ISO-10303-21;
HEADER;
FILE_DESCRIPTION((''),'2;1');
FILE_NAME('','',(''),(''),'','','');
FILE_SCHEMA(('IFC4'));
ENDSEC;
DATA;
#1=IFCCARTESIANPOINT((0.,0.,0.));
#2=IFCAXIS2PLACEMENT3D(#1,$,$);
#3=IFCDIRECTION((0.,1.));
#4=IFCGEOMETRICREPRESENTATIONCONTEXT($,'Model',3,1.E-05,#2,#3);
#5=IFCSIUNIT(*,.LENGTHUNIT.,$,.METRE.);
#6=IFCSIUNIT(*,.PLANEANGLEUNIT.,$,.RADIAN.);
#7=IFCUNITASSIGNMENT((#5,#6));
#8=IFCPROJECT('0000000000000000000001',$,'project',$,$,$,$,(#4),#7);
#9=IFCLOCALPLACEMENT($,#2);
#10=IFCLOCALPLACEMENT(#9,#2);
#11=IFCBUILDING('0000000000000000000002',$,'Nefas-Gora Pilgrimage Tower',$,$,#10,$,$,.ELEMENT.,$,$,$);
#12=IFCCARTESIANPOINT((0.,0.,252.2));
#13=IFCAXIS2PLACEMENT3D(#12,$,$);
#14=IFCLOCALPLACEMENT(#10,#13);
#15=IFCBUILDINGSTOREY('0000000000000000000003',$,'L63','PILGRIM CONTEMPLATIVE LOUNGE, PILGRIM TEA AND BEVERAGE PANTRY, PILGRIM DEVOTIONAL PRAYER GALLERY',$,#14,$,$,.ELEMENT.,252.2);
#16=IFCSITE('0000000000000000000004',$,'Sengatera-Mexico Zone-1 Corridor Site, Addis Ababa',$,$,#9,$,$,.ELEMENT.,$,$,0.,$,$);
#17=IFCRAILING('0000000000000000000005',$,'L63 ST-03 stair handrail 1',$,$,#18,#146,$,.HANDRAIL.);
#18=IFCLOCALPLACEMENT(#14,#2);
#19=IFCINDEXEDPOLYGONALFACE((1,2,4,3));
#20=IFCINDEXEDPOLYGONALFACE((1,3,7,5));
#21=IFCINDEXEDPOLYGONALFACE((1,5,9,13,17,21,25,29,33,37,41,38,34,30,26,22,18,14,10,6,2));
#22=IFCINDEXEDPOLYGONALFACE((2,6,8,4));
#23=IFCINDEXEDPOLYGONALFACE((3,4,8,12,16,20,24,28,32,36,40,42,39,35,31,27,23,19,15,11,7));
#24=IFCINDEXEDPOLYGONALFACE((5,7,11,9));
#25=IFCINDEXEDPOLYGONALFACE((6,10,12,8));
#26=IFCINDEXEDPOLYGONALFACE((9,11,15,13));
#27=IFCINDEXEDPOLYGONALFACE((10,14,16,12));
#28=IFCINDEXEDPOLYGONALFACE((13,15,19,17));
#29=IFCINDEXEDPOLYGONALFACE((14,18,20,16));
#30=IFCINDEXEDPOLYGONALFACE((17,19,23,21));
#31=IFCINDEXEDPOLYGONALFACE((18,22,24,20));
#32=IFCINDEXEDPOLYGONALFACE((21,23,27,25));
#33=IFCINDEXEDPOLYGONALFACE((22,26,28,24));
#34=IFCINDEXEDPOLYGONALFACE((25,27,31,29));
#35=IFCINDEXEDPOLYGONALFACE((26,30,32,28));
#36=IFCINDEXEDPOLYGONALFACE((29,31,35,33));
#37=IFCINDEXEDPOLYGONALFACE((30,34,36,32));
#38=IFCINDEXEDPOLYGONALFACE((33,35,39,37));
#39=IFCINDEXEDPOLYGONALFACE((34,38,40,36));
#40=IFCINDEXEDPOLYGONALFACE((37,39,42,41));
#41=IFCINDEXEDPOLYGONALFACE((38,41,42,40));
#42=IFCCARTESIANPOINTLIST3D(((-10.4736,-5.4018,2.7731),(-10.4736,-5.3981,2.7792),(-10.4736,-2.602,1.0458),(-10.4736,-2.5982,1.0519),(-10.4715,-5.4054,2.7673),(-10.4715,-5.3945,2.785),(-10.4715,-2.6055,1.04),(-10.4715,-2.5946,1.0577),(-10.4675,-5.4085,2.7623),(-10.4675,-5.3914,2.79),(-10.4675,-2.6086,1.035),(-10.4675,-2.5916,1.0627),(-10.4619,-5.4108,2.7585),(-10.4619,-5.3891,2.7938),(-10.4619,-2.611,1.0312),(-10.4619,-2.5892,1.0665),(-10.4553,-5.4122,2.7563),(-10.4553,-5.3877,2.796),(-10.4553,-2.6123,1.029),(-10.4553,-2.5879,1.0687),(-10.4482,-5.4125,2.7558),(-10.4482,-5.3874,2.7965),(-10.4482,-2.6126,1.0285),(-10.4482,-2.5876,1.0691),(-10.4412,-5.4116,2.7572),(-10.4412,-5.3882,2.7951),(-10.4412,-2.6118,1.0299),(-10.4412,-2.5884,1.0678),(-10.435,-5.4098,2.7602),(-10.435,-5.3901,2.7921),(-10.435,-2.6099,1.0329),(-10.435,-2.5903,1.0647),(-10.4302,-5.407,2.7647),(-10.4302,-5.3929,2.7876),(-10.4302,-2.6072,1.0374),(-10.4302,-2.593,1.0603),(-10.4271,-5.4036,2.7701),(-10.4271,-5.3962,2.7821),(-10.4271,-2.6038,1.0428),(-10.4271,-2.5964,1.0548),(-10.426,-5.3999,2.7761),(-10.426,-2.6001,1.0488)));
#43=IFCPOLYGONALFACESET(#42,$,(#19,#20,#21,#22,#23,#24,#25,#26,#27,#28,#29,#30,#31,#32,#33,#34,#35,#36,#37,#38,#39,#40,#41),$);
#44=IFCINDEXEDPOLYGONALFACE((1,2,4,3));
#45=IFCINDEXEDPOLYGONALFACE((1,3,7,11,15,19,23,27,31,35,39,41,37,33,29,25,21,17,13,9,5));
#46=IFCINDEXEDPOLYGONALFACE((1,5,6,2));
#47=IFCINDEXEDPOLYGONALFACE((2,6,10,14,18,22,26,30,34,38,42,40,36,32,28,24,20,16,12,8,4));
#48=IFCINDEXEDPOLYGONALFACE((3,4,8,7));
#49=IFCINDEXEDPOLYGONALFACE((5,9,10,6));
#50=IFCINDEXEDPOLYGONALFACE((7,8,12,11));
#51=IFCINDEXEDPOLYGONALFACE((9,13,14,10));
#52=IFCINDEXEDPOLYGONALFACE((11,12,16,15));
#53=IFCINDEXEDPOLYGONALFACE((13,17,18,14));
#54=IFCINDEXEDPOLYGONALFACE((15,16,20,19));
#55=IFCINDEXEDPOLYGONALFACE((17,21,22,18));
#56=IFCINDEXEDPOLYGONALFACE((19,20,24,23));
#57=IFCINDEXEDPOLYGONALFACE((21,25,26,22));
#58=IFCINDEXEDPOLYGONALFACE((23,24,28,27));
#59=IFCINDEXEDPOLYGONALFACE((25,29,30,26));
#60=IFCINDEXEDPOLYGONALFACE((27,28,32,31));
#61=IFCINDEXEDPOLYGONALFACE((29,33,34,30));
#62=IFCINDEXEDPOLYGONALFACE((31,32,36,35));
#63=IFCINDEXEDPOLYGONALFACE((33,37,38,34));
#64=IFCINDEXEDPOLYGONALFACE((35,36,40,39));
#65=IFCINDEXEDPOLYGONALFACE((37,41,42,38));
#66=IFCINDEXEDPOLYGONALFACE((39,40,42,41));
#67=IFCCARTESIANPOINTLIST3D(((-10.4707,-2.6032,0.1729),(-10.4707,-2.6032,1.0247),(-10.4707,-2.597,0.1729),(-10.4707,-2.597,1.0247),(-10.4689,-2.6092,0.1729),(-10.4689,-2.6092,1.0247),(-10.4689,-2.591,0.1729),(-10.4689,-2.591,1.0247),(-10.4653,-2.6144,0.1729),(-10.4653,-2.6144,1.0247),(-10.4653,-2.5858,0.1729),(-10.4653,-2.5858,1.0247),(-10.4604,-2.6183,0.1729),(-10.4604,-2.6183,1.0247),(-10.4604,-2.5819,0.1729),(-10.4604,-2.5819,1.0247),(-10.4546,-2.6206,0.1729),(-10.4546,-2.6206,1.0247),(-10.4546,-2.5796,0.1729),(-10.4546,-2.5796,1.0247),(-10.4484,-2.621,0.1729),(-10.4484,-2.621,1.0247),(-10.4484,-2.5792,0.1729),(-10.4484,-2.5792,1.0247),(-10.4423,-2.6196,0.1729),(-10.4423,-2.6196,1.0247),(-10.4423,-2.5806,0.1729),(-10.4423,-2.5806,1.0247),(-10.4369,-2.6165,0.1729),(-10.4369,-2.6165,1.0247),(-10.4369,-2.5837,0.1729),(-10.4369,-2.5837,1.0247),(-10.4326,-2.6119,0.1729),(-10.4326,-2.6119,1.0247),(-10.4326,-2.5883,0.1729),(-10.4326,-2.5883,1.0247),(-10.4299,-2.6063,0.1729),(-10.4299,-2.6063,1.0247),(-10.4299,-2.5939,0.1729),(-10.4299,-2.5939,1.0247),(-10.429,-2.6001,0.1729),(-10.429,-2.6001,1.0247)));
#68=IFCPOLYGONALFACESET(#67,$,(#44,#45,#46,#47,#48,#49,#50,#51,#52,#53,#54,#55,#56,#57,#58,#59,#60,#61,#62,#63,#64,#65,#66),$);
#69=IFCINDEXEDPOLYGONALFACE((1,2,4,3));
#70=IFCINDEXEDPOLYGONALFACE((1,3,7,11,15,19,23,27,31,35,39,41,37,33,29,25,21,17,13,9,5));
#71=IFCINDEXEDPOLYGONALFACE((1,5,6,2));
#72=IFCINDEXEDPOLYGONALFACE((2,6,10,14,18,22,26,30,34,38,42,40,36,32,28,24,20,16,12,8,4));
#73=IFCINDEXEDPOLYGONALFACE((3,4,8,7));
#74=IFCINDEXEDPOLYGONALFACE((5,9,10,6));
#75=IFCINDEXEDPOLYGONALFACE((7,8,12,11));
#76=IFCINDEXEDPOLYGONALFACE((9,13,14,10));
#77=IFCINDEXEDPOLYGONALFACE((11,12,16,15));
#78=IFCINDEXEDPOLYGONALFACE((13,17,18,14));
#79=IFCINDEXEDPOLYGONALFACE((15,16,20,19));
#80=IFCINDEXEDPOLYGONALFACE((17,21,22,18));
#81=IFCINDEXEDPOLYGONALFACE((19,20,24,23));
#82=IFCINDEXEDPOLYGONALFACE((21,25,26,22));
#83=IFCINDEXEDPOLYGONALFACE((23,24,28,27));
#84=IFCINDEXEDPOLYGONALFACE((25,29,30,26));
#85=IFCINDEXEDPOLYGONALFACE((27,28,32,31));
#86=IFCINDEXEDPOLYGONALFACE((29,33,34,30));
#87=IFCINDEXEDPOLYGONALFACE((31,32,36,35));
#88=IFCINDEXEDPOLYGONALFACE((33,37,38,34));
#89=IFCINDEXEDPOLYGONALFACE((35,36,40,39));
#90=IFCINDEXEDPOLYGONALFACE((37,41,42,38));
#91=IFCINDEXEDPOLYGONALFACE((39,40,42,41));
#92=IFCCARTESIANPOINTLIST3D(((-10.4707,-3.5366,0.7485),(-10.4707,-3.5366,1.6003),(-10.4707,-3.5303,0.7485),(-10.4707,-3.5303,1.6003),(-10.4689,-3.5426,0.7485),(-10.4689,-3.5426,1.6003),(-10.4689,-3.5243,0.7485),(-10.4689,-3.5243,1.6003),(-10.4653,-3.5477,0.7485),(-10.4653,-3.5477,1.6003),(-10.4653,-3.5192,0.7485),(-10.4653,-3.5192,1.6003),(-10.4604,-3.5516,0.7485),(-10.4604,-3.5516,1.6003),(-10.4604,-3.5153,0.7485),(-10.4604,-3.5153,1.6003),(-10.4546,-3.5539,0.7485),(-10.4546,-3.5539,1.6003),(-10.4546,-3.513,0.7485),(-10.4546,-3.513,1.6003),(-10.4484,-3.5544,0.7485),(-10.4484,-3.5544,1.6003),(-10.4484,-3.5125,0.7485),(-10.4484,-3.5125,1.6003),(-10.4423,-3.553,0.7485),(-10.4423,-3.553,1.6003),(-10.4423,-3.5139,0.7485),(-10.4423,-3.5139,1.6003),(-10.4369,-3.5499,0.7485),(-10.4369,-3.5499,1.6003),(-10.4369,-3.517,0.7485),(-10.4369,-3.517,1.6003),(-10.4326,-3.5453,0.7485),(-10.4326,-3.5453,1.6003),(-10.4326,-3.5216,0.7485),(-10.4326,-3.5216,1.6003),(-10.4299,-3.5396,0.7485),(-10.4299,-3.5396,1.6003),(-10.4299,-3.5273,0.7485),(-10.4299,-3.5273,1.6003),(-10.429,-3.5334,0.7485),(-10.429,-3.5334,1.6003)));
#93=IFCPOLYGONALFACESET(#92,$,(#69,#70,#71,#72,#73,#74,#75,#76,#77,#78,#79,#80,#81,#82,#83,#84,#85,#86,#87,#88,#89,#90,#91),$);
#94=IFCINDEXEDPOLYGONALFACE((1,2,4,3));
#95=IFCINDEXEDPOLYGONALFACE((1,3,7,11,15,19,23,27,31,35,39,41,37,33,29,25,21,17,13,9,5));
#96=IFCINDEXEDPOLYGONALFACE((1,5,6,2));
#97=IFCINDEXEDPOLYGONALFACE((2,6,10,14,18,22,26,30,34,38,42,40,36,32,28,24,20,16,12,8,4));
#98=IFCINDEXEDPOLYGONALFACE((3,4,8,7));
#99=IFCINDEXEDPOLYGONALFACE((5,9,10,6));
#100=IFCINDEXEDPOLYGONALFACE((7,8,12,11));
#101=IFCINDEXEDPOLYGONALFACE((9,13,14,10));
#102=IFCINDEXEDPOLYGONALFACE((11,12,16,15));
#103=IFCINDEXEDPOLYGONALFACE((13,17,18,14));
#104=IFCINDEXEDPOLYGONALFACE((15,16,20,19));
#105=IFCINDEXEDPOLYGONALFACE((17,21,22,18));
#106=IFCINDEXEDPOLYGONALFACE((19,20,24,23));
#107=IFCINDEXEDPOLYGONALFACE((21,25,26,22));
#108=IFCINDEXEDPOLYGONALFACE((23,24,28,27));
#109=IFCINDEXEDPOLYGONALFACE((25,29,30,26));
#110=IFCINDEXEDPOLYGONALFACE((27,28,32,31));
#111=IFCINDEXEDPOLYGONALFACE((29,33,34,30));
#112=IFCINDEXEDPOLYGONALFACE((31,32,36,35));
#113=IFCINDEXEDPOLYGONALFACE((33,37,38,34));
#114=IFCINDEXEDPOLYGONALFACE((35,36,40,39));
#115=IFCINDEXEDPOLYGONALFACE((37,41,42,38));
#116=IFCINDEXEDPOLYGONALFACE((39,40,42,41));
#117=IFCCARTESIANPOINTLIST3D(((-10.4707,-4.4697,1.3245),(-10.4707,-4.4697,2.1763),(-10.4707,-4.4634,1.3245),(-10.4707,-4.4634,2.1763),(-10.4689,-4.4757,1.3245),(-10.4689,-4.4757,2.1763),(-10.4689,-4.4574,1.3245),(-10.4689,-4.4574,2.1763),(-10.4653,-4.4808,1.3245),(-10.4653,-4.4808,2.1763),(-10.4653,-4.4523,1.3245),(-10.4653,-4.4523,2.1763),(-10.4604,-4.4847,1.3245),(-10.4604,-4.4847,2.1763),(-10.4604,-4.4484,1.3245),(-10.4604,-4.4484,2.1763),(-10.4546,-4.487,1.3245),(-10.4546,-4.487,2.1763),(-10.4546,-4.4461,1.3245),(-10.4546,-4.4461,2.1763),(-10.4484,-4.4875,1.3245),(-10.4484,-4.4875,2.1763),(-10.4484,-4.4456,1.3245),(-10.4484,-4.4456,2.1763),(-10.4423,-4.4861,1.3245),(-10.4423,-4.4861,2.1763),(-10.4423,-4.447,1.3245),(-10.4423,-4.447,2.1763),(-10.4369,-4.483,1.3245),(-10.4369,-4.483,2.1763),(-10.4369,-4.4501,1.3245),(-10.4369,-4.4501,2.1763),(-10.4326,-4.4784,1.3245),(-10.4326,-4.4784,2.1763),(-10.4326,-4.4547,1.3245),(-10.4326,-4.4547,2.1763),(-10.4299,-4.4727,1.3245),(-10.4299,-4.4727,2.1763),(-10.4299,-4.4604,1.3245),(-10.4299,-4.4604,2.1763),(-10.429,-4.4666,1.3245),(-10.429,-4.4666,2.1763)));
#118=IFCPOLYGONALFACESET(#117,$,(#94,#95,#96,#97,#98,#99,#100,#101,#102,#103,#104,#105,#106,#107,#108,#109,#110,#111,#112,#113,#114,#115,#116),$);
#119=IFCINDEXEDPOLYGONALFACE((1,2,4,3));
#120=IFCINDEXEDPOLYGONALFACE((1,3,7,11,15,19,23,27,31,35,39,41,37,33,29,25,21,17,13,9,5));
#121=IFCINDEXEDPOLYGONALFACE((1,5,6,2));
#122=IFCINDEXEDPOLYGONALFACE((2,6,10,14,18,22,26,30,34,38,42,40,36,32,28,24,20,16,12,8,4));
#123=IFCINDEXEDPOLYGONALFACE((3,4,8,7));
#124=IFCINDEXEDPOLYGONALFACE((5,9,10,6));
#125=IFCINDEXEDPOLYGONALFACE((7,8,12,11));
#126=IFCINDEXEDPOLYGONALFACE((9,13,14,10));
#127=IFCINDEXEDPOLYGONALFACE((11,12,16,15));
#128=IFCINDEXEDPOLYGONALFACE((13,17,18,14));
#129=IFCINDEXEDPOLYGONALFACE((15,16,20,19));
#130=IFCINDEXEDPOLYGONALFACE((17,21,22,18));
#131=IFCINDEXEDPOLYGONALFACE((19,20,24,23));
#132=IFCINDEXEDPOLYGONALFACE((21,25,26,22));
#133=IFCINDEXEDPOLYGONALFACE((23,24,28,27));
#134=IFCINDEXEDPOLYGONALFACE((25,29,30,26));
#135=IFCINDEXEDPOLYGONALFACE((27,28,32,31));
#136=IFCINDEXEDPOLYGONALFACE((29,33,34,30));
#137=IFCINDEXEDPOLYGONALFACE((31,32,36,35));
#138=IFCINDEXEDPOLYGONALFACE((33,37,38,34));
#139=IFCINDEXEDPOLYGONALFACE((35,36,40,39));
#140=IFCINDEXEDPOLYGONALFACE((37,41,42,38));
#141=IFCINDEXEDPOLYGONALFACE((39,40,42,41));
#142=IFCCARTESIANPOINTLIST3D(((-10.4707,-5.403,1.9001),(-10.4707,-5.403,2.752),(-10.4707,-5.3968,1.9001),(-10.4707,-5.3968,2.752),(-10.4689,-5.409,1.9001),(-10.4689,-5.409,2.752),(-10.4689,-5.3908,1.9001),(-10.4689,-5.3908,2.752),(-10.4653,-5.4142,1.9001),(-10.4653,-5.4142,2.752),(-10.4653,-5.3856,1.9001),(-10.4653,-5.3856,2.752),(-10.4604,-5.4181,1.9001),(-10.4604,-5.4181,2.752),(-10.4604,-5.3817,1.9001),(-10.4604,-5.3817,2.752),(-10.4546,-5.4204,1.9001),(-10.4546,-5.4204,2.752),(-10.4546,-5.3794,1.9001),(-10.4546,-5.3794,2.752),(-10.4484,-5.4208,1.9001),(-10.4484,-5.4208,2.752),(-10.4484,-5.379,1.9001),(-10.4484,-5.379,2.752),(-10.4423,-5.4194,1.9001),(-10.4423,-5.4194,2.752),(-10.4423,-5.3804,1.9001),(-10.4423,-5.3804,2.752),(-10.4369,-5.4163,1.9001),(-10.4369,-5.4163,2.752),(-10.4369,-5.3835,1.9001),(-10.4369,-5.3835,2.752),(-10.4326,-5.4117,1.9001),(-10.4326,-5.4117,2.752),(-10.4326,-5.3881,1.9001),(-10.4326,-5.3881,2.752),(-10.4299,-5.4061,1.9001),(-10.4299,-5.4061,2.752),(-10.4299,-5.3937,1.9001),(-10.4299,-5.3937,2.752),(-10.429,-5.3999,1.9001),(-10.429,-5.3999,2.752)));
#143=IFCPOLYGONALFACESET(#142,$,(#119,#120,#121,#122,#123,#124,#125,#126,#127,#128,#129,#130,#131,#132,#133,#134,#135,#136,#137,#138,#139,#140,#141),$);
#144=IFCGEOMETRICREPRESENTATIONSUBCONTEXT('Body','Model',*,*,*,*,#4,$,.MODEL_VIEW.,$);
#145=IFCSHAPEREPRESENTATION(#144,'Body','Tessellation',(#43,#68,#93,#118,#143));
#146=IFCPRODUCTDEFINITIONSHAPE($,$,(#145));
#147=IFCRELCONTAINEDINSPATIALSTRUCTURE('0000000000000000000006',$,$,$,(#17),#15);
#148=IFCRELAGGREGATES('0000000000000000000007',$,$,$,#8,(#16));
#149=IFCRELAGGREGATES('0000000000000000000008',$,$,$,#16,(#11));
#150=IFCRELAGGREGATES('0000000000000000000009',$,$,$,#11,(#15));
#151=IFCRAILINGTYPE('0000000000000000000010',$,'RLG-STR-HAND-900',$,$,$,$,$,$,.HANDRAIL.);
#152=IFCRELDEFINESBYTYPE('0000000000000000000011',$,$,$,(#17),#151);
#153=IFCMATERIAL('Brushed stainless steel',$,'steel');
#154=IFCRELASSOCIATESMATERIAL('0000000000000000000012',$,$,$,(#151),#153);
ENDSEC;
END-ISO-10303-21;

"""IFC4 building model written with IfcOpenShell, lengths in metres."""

from ifc_helpers import new_model, si_unit, direction, frame, origin, origin_2d, place, context, subcontext, project, spatial, circle, extrude, material, type_object, element, save


model = new_model("IFC4")

# Units and contexts
model_context = context("Model", 3, precision=1e-05, world=origin(), true_north=direction((0.0, 1.0)))
body_context = subcontext(model_context, "Body", "Model", "MODEL_VIEW")
ifc_project = project(units=[si_unit("LENGTHUNIT", "METRE"), si_unit("PLANEANGLEUNIT", "RADIAN")], contexts=[model_context])

# Site, building, storey
site_placement = place(None, origin())
site = spatial("IfcSite", under=ifc_project, at=site_placement, Name="Sengatera-Mexico Zone-1 Corridor Site, Addis Ababa", CompositionType="ELEMENT", RefElevation=0.0)
building_placement = place(site_placement, origin())
building = spatial("IfcBuilding", under=site, at=building_placement, Name="Nefas-Gora Pilgrimage Tower", CompositionType="ELEMENT")
storey_placement = place(building_placement, frame((0.0, 0.0, 252.2)))
storey = spatial("IfcBuildingStorey", under=building, at=storey_placement, Name="L63", Description="PILGRIM CONTEMPLATIVE LOUNGE, PILGRIM TEA AND BEVERAGE PANTRY, PILGRIM DEVOTIONAL PRAYER GALLERY", CompositionType="ELEMENT", Elevation=252.2)

# Railing
ifc_material_1 = material(Name="Brushed stainless steel", Category="steel")
railing_type_1 = type_object("IfcRailingType", Name="RLG-STR-HAND-900", PredefinedType="HANDRAIL", material=ifc_material_1)
railing_1_placement = place(storey_placement, frame((-10.45, -2.6001, 0.1729)))
element("IfcRailing", 1, at=railing_1_placement, inside=storey, type_object=railing_type_1, Name="L63 ST-03 stair handrail 1", PredefinedType="HANDRAIL", context=body_context, shape_type="SweptSolid", body=[
    extrude(circle(Radius=0.0239, at=origin_2d()), frame((0.0, 0.0, 0.876), z_axis=(0.0, -0.851069, 0.525054), x_axis=(1.0, 0.0, 0.0)), (0.0, 0.0, 1.0), 3.2898),
    extrude(circle(Radius=0.021, at=origin_2d()), origin(), (0.0, 0.0, 1.0), 0.8518),
    extrude(circle(Radius=0.021, at=origin_2d()), frame((0.0, -0.9333, 0.5757)), (0.0, 0.0, 1.0), 0.8518),
    extrude(circle(Radius=0.021, at=origin_2d()), frame((0.0, -1.8665, 1.1516)), (0.0, 0.0, 1.0), 0.8518),
    extrude(circle(Radius=0.021, at=origin_2d()), frame((0.0, -2.7998, 1.7273)), (0.0, 0.0, 1.0), 0.8518),
])

save(model, "model.ifc")
